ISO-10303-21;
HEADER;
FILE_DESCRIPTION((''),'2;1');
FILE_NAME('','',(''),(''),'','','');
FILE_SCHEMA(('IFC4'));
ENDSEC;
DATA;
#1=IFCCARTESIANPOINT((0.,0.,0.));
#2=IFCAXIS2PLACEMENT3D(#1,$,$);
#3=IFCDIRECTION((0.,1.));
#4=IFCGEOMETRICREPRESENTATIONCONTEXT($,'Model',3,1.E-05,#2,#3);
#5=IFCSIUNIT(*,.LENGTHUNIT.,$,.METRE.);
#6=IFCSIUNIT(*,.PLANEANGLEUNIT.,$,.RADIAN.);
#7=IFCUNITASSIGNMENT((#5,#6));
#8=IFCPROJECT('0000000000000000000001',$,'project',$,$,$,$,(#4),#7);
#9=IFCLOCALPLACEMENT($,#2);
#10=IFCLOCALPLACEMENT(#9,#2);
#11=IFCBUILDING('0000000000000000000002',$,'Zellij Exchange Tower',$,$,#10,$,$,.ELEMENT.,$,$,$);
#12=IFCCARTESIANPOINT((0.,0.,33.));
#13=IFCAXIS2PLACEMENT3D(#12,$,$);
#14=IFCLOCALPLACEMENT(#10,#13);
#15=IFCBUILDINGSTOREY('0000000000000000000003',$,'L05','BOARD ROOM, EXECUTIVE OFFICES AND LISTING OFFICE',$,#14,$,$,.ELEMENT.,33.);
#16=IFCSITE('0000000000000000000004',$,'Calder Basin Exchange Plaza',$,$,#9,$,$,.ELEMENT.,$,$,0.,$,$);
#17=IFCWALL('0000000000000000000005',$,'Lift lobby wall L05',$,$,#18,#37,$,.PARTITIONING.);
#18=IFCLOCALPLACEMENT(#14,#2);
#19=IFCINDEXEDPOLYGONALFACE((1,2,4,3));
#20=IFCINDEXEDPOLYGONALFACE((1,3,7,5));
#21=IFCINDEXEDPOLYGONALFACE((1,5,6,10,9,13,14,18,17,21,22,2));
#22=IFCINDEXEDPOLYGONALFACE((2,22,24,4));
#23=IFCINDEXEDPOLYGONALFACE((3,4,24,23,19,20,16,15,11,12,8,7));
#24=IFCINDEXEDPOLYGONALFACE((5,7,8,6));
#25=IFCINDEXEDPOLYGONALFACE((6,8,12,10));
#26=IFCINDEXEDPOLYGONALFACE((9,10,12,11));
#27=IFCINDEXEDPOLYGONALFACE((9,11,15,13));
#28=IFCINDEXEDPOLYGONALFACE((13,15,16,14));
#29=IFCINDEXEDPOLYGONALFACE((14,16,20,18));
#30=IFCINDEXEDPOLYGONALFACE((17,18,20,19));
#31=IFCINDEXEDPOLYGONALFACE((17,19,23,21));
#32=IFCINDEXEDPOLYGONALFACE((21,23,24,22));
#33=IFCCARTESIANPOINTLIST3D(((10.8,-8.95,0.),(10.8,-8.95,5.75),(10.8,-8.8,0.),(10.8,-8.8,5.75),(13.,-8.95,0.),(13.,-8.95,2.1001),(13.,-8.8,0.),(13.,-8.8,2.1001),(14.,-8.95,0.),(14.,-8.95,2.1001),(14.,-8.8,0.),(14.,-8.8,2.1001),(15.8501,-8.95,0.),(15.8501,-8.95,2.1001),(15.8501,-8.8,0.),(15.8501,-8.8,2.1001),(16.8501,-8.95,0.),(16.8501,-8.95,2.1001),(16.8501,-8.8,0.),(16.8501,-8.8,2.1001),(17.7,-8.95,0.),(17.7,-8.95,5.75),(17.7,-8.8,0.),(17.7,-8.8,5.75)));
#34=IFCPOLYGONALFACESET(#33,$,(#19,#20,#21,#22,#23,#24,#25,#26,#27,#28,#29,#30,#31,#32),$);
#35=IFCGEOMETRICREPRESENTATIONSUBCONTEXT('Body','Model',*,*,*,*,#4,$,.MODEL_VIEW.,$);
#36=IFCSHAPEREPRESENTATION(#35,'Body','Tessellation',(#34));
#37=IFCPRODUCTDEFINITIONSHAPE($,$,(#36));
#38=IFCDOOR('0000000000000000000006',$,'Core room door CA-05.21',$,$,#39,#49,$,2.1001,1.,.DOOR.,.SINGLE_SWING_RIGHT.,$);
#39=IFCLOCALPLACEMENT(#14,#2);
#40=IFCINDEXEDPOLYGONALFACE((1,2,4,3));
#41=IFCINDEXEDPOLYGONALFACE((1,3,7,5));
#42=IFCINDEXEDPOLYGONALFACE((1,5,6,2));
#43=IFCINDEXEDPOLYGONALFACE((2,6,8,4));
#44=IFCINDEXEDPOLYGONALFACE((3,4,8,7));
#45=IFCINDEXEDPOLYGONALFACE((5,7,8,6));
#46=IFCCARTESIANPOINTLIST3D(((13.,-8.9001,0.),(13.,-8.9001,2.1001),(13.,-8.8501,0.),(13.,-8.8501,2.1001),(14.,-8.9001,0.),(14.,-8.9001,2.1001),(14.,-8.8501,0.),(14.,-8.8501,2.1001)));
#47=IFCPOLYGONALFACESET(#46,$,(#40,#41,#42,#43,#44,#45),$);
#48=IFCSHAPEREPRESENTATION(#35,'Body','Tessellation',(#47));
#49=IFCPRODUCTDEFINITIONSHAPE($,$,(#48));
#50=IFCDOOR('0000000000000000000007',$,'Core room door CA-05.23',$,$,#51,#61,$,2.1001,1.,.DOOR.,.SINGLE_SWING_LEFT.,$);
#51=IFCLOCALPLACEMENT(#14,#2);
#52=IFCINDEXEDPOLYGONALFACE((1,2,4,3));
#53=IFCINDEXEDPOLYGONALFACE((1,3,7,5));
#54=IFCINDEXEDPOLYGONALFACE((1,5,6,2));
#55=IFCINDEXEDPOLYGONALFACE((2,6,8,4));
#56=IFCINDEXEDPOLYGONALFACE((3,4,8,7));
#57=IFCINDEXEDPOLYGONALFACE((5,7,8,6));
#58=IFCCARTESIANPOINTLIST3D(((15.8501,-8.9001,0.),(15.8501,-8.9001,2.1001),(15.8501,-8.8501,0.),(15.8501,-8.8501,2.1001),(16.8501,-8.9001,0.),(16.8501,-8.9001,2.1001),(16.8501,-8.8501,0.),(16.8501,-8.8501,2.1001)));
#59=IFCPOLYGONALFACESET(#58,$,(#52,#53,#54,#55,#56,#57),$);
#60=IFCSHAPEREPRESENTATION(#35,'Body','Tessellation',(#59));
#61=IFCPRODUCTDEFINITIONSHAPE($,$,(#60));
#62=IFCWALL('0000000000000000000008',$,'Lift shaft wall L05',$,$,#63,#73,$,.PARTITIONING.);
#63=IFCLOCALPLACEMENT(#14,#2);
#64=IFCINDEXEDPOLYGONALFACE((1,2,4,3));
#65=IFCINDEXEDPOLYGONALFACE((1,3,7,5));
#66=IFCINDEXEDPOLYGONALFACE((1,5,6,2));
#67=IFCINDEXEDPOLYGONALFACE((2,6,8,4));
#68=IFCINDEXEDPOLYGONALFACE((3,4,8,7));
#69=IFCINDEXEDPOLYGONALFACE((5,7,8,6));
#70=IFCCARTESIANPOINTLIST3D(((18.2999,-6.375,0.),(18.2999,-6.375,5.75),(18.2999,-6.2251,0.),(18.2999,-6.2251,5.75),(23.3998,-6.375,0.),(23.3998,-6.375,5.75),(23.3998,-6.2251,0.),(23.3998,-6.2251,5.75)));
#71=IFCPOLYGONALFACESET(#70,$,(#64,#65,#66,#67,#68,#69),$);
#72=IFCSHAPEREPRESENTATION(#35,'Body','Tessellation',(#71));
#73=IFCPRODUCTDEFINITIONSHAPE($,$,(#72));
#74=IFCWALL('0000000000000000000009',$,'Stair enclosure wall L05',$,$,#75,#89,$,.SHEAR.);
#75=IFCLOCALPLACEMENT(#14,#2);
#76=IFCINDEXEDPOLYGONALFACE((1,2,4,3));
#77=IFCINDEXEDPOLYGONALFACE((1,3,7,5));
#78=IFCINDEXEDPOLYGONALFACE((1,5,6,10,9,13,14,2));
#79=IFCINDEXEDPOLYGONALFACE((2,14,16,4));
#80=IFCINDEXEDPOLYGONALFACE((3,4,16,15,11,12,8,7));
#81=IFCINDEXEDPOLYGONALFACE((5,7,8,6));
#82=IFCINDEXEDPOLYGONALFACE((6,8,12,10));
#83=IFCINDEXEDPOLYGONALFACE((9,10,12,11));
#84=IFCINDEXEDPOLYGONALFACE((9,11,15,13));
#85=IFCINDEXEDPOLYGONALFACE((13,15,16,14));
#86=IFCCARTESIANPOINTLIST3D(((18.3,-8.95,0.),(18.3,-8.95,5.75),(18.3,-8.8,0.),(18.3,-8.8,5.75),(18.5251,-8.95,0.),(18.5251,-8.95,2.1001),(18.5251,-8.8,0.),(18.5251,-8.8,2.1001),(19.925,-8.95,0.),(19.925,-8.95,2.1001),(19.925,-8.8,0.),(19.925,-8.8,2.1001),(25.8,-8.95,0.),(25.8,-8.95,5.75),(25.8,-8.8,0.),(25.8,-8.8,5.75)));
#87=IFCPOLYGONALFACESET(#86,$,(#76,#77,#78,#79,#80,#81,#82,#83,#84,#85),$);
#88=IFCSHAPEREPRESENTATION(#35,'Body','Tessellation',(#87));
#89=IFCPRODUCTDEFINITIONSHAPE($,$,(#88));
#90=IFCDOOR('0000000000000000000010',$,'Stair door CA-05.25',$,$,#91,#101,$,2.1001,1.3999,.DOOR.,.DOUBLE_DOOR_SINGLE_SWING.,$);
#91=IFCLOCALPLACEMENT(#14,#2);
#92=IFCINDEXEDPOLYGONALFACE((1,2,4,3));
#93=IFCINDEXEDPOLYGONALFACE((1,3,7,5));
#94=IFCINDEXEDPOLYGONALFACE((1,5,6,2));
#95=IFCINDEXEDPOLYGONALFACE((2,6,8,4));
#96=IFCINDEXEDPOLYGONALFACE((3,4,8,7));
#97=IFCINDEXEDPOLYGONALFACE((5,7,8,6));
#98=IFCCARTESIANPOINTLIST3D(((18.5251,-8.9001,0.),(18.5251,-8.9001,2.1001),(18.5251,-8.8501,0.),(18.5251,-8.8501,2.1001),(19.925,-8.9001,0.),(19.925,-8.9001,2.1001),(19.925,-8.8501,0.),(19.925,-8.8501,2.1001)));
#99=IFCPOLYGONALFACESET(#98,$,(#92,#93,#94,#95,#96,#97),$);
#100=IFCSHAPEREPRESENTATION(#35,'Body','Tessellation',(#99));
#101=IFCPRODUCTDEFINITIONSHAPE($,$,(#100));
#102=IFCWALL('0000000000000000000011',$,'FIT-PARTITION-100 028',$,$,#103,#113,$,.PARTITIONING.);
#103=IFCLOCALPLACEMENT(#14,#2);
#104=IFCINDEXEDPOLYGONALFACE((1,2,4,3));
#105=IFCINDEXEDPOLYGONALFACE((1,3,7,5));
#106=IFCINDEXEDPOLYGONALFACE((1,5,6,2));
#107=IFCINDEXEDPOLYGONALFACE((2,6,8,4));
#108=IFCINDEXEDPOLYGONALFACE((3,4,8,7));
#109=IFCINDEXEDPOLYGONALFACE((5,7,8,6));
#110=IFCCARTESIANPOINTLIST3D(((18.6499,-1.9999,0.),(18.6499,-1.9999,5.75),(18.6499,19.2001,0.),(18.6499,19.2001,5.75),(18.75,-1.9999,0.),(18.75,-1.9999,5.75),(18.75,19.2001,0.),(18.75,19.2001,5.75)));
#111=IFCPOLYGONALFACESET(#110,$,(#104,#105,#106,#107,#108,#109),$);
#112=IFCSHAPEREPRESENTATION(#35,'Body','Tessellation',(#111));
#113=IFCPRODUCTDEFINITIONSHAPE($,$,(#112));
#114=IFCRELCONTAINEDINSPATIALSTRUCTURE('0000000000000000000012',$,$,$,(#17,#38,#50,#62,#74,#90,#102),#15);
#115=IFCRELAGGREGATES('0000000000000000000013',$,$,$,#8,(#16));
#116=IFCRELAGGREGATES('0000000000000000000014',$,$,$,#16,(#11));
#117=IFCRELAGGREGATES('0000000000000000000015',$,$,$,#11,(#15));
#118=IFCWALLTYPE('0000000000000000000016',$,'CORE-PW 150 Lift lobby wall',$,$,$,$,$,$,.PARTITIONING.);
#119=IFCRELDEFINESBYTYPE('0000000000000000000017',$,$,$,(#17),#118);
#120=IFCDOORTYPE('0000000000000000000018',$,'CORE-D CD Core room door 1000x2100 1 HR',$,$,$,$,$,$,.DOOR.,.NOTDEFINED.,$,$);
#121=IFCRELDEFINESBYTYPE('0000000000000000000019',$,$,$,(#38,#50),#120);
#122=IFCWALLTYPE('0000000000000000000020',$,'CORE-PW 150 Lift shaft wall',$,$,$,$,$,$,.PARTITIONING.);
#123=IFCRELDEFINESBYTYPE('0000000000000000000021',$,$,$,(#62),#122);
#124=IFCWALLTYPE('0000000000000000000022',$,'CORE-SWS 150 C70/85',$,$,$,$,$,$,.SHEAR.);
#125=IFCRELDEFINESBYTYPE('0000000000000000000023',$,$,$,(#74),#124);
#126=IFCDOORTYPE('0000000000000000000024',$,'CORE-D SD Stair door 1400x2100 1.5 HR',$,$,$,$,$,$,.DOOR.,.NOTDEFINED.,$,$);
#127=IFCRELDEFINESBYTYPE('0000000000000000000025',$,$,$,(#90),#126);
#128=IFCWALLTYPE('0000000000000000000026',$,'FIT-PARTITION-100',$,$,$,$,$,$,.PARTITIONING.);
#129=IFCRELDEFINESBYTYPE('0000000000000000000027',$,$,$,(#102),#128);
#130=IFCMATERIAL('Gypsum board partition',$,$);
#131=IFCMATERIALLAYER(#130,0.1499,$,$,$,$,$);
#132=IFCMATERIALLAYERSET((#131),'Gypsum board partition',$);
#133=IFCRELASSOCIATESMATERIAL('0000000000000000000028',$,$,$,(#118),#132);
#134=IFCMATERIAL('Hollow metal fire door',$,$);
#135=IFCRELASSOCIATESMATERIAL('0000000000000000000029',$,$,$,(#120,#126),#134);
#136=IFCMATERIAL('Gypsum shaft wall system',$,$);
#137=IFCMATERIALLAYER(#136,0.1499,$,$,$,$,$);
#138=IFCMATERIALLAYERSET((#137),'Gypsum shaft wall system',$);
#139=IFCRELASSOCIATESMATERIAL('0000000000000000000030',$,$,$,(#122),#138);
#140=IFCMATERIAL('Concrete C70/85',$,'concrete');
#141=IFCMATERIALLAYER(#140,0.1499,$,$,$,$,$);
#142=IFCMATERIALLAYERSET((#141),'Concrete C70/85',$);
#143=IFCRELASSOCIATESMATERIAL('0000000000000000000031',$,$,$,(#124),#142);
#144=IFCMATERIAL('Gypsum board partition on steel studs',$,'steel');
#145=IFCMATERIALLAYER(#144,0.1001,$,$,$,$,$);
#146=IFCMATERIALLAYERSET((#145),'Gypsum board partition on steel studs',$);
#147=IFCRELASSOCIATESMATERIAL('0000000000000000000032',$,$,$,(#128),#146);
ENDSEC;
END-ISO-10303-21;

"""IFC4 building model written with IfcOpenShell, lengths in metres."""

from ifc_helpers import new_model, si_unit, direction, frame, frame_2d, origin, place, context, subcontext, project, spatial, rectangle, extrude, material, layer, layer_set, type_object, element, fill, save


model = new_model("IFC4")

# Units and contexts
model_context = context("Model", 3, precision=1e-05, world=origin(), true_north=direction((0.0, 1.0)))
body_context = subcontext(model_context, "Body", "Model", "MODEL_VIEW")
ifc_project = project(units=[si_unit("LENGTHUNIT", "METRE"), si_unit("PLANEANGLEUNIT", "RADIAN")], contexts=[model_context])

# Site, building, storey
site_placement = place(None, origin())
site = spatial("IfcSite", under=ifc_project, at=site_placement, Name="Calder Basin Exchange Plaza", CompositionType="ELEMENT", RefElevation=0.0)
building_placement = place(site_placement, origin())
building = spatial("IfcBuilding", under=site, at=building_placement, Name="Zellij Exchange Tower", CompositionType="ELEMENT")
storey_placement = place(building_placement, frame((0.0, 0.0, 33.0)))
storey = spatial("IfcBuildingStorey", under=building, at=storey_placement, Name="L05", Description="BOARD ROOM, EXECUTIVE OFFICES AND LISTING OFFICE", CompositionType="ELEMENT", Elevation=33.0)

# Shared definitions
ifc_material_1 = material(Name="Concrete C70/85", Category="concrete")

# Shared definitions
ifc_material_2 = material(Name="Gypsum board partition")
ifc_layer_1 = layer(ifc_material_2, 0.1499)
ifc_layer_set_1 = layer_set([ifc_layer_1], Name="Gypsum board partition")
wall_type_1 = type_object("IfcWallType", Name="CORE-PW 150 Lift lobby wall", PredefinedType="PARTITIONING", material=ifc_layer_set_1)

# Wall, openings, doors
ifc_material_3 = material(Name="Hollow metal fire door")
door_type_1 = type_object("IfcDoorType", Name="CORE-D CD Core room door 1000x2100 1 HR", OperationType="NOTDEFINED", PredefinedType="DOOR", material=ifc_material_3)
wall_1_placement = place(storey_placement, frame((10.8, -8.875, 0.0), z_axis=(0.0, 0.0, 1.0), x_axis=(1.0, 0.0, 0.0)))
wall_1 = element("IfcWall", 1, at=wall_1_placement, inside=storey, type_object=wall_type_1, Name="Lift lobby wall L05", PredefinedType="PARTITIONING", context=body_context, shape_type="SweptSolid", body=[
    extrude(rectangle(XDim=6.8999, YDim=0.1499, at=frame_2d((3.45, 0.0))), origin(), (0.0, 0.0, 1.0), 5.75),
])
opening_1_placement = place(wall_1_placement, frame((2.2, 0.0, 0.0)))
opening_1 = element("IfcOpeningElement", 2, at=opening_1_placement, cuts=wall_1, PredefinedType="OPENING", context=body_context, shape_type="SweptSolid", body=[
    extrude(rectangle(XDim=1.0, YDim=2.1001, at=frame_2d((0.5, 1.05))), frame((0.0, 0.0869, 0.0), z_axis=(0.0, -1.0, 0.0), x_axis=(1.0, 0.0, 0.0)), (0.0, 0.0, 1.0), 0.1738),
])
opening_2_placement = place(wall_1_placement, frame((5.05, 0.0, 0.0)))
opening_2 = element("IfcOpeningElement", 3, at=opening_2_placement, cuts=wall_1, PredefinedType="OPENING", context=body_context, shape_type="SweptSolid", body=[
    extrude(rectangle(XDim=1.0, YDim=2.1001, at=frame_2d((0.5, 1.05))), frame((0.0, 0.0869, 0.0), z_axis=(0.0, -1.0, 0.0), x_axis=(1.0, 0.0, 0.0)), (0.0, 0.0, 1.0), 0.1738),
])
door_1_placement = place(opening_1_placement, origin())
door_1 = element("IfcDoor", 4, at=door_1_placement, inside=storey, type_object=door_type_1, Name="Core room door CA-05.21", OperationType="SINGLE_SWING_RIGHT", OverallHeight=2.1001, OverallWidth=1.0, PredefinedType="DOOR", context=body_context, shape_type="SweptSolid", body=[
    extrude(rectangle(XDim=1.0, YDim=2.1001, at=frame_2d((0.5, 1.05))), frame((0.0, 0.0249, 0.0), z_axis=(0.0, -1.0, 0.0), x_axis=(1.0, 0.0, 0.0)), (0.0, 0.0, 1.0), 0.05),
])
fill(opening_1, door_1)
door_2_placement = place(opening_2_placement, origin())
door_2 = element("IfcDoor", 5, at=door_2_placement, inside=storey, type_object=door_type_1, Name="Core room door CA-05.23", OperationType="SINGLE_SWING_LEFT", OverallHeight=2.1001, OverallWidth=1.0, PredefinedType="DOOR", context=body_context, shape_type="SweptSolid", body=[
    extrude(rectangle(XDim=1.0, YDim=2.1001, at=frame_2d((0.5, 1.05))), frame((0.0, 0.0249, 0.0), z_axis=(0.0, -1.0, 0.0), x_axis=(1.0, 0.0, 0.0)), (0.0, 0.0, 1.0), 0.05),
])
fill(opening_2, door_2)

# Wall
ifc_material_4 = material(Name="Gypsum shaft wall system")
ifc_layer_2 = layer(ifc_material_4, 0.1499)
ifc_layer_set_2 = layer_set([ifc_layer_2], Name="Gypsum shaft wall system")
wall_type_2 = type_object("IfcWallType", Name="CORE-PW 150 Lift shaft wall", PredefinedType="PARTITIONING", material=ifc_layer_set_2)
wall_2_placement = place(storey_placement, frame((18.3, -6.3, 0.0), z_axis=(0.0, 0.0, 1.0), x_axis=(1.0, 0.0, 0.0)))
element("IfcWall", 6, at=wall_2_placement, inside=storey, type_object=wall_type_2, Name="Lift shaft wall L05", PredefinedType="PARTITIONING", context=body_context, shape_type="SweptSolid", body=[
    extrude(rectangle(XDim=5.0999, YDim=0.1499, at=frame_2d((2.5498, 0.0))), origin(), (0.0, 0.0, 1.0), 5.75),
])

# Wall, opening, door
ifc_layer_3 = layer(ifc_material_1, 0.1499)
ifc_layer_set_3 = layer_set([ifc_layer_3], Name="Concrete C70/85")
wall_type_3 = type_object("IfcWallType", Name="CORE-SWS 150 C70/85", PredefinedType="SHEAR", material=ifc_layer_set_3)
wall_3_placement = place(storey_placement, frame((18.3, -8.875, 0.0), z_axis=(0.0, 0.0, 1.0), x_axis=(1.0, 0.0, 0.0)))
wall_3 = element("IfcWall", 7, at=wall_3_placement, inside=storey, type_object=wall_type_3, Name="Stair enclosure wall L05", PredefinedType="SHEAR", context=body_context, shape_type="SweptSolid", body=[
    extrude(rectangle(XDim=7.5, YDim=0.1499, at=frame_2d((3.75, 0.0))), origin(), (0.0, 0.0, 1.0), 5.75),
])
opening_3_placement = place(wall_3_placement, frame((0.2251, 0.0, 0.0)))
opening_3 = element("IfcOpeningElement", 8, at=opening_3_placement, cuts=wall_3, PredefinedType="OPENING", context=body_context, shape_type="SweptSolid", body=[
    extrude(rectangle(XDim=1.3999, YDim=2.1001, at=frame_2d((0.7, 1.05))), frame((0.0, 0.0869, 0.0), z_axis=(0.0, -1.0, 0.0), x_axis=(1.0, 0.0, 0.0)), (0.0, 0.0, 1.0), 0.1738),
])
door_type_2 = type_object("IfcDoorType", Name="CORE-D SD Stair door 1400x2100 1.5 HR", OperationType="NOTDEFINED", PredefinedType="DOOR", material=ifc_material_3)
door_3_placement = place(opening_3_placement, origin())
door_3 = element("IfcDoor", 9, at=door_3_placement, inside=storey, type_object=door_type_2, Name="Stair door CA-05.25", OperationType="DOUBLE_DOOR_SINGLE_SWING", OverallHeight=2.1001, OverallWidth=1.3999, PredefinedType="DOOR", context=body_context, shape_type="SweptSolid", body=[
    extrude(rectangle(XDim=1.3999, YDim=2.1001, at=frame_2d((0.7, 1.05))), frame((0.0, 0.0249, 0.0), z_axis=(0.0, -1.0, 0.0), x_axis=(1.0, 0.0, 0.0)), (0.0, 0.0, 1.0), 0.05),
])
fill(opening_3, door_3)

# Wall
ifc_material_5 = material(Name="Gypsum board partition on steel studs", Category="steel")
ifc_layer_4 = layer(ifc_material_5, 0.1001)
ifc_layer_set_4 = layer_set([ifc_layer_4], Name="Gypsum board partition on steel studs")
wall_type_4 = type_object("IfcWallType", Name="FIT-PARTITION-100", PredefinedType="PARTITIONING", material=ifc_layer_set_4)
wall_4_placement = place(storey_placement, frame((18.7, -2.0, 0.0), z_axis=(0.0, 0.0, 1.0), x_axis=(0.0, 1.0, 0.0)))
element("IfcWall", 10, at=wall_4_placement, inside=storey, type_object=wall_type_4, Name="FIT-PARTITION-100 028", PredefinedType="PARTITIONING", context=body_context, shape_type="SweptSolid", body=[
    extrude(rectangle(XDim=21.2, YDim=0.1001, at=frame_2d((10.6001, 0.0))), origin(), (0.0, 0.0, 1.0), 5.75),
])

save(model, "model.ifc")
